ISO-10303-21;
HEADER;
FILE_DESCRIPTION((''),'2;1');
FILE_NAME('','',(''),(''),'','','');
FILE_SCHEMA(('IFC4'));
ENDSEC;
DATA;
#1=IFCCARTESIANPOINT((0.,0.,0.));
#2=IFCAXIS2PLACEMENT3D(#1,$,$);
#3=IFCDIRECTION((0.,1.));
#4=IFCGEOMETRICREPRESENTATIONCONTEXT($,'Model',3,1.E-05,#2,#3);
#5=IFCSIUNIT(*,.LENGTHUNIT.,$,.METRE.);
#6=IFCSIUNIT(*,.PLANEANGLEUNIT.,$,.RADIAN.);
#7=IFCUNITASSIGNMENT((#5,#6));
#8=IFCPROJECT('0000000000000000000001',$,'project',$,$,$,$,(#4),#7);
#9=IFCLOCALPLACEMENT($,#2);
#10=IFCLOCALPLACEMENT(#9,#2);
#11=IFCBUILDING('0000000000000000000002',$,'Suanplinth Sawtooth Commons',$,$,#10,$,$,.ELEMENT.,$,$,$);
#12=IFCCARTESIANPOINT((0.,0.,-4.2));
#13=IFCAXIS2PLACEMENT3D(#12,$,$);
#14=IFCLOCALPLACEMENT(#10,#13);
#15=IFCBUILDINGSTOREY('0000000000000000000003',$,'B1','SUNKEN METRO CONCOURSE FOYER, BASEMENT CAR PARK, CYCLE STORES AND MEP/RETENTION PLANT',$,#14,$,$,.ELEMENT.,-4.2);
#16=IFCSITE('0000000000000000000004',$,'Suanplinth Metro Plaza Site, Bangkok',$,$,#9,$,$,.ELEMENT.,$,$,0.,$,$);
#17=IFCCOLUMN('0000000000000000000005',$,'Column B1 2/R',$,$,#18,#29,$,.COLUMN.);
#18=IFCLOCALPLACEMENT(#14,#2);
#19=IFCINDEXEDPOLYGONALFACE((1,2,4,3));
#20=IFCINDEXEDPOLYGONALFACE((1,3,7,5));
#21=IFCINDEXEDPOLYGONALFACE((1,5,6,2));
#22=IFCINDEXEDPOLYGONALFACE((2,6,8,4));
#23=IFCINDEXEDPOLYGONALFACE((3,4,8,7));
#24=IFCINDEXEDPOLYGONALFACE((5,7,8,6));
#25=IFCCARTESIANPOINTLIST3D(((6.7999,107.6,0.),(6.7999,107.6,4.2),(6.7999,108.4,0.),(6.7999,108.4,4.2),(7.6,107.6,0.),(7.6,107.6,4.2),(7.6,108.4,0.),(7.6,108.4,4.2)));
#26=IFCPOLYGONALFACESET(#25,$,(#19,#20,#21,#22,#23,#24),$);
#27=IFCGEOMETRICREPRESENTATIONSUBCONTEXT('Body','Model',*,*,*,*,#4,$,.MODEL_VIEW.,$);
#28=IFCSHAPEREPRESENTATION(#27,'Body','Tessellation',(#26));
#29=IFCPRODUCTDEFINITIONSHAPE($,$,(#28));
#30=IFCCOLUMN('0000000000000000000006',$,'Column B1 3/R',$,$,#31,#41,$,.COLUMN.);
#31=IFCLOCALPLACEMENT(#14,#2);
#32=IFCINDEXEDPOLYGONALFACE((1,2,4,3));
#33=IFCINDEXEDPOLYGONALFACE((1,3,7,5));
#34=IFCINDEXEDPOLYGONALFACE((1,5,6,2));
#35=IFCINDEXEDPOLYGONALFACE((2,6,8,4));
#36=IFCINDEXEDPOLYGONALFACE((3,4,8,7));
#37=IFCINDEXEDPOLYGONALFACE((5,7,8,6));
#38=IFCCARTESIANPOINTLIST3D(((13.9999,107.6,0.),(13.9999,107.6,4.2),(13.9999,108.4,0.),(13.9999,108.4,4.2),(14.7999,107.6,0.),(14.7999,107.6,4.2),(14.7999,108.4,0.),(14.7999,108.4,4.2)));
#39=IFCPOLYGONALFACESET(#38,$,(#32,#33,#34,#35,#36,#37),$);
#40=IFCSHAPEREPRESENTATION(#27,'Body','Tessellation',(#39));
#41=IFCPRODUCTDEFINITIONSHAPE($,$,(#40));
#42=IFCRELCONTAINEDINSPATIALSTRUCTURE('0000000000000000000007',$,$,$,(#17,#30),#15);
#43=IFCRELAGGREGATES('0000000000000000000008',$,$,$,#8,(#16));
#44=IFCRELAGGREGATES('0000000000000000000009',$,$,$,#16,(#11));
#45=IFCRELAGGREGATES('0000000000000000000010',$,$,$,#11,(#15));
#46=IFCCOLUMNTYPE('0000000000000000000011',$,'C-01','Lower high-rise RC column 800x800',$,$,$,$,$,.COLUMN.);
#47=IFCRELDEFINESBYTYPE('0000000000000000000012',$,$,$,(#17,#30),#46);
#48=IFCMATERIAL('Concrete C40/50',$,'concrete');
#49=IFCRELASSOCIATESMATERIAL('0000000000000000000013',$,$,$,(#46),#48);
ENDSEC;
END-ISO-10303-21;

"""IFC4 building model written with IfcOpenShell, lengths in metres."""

from ifc_helpers import new_model, si_unit, direction, frame, origin, origin_2d, place, context, subcontext, project, spatial, rectangle, extrude, material, material_profile, profile_set, type_object, element, save


model = new_model("IFC4")

# Units and contexts
model_context = context("Model", 3, precision=1e-05, world=origin(), true_north=direction((0.0, 1.0)))
body_context = subcontext(model_context, "Body", "Model", "MODEL_VIEW")
ifc_project = project(units=[si_unit("LENGTHUNIT", "METRE"), si_unit("PLANEANGLEUNIT", "RADIAN")], contexts=[model_context])

# Site, building, storey
site_placement = place(None, origin())
site = spatial("IfcSite", under=ifc_project, at=site_placement, Name="Suanplinth Metro Plaza Site, Bangkok", CompositionType="ELEMENT", RefElevation=0.0)
building_placement = place(site_placement, origin())
building = spatial("IfcBuilding", under=site, at=building_placement, Name="Suanplinth Sawtooth Commons", CompositionType="ELEMENT")
storey_placement = place(building_placement, frame((0.0, 0.0, -4.2)))
storey = spatial("IfcBuildingStorey", under=building, at=storey_placement, Name="B1", Description="SUNKEN METRO CONCOURSE FOYER, BASEMENT CAR PARK, CYCLE STORES AND MEP/RETENTION PLANT", CompositionType="ELEMENT", Elevation=-4.2)

# Columns
ifc_material_1 = material(Name="Concrete C40/50", Category="concrete")
ifc_material_profile_1 = material_profile(ifc_material_1, rectangle(XDim=0.8, YDim=0.8, at=origin_2d()), Name="RC-COL 800x800")
ifc_profile_set_1 = profile_set([ifc_material_profile_1], Name="Concrete C40/50")
column_type = type_object("IfcColumnType", Name="C-01", Description="Lower high-rise RC column 800x800", PredefinedType="COLUMN", material=ifc_profile_set_1)
for number, where, z_axis, x_axis, name in (
    (1, (7.2, 108.0, 0.0), (0.0, 0.0, 1.0), (1.0, 0.0, 0.0), "Column B1 2/R"),
    (2, (14.3999, 108.0, 0.0), (0.0, 0.0, 1.0), (1.0, 0.0, 0.0), "Column B1 3/R"),
):
    element("IfcColumn", number, at=place(storey_placement, frame(where, z_axis=z_axis, x_axis=x_axis)), inside=storey, type_object=column_type, Name=name, PredefinedType="COLUMN", context=body_context, shape_type="SweptSolid", body=[
        extrude(rectangle(XDim=0.8, YDim=0.8, at=origin_2d()), origin(), (0.0, 0.0, 1.0), 4.2),
    ])

save(model, "model.ifc")
